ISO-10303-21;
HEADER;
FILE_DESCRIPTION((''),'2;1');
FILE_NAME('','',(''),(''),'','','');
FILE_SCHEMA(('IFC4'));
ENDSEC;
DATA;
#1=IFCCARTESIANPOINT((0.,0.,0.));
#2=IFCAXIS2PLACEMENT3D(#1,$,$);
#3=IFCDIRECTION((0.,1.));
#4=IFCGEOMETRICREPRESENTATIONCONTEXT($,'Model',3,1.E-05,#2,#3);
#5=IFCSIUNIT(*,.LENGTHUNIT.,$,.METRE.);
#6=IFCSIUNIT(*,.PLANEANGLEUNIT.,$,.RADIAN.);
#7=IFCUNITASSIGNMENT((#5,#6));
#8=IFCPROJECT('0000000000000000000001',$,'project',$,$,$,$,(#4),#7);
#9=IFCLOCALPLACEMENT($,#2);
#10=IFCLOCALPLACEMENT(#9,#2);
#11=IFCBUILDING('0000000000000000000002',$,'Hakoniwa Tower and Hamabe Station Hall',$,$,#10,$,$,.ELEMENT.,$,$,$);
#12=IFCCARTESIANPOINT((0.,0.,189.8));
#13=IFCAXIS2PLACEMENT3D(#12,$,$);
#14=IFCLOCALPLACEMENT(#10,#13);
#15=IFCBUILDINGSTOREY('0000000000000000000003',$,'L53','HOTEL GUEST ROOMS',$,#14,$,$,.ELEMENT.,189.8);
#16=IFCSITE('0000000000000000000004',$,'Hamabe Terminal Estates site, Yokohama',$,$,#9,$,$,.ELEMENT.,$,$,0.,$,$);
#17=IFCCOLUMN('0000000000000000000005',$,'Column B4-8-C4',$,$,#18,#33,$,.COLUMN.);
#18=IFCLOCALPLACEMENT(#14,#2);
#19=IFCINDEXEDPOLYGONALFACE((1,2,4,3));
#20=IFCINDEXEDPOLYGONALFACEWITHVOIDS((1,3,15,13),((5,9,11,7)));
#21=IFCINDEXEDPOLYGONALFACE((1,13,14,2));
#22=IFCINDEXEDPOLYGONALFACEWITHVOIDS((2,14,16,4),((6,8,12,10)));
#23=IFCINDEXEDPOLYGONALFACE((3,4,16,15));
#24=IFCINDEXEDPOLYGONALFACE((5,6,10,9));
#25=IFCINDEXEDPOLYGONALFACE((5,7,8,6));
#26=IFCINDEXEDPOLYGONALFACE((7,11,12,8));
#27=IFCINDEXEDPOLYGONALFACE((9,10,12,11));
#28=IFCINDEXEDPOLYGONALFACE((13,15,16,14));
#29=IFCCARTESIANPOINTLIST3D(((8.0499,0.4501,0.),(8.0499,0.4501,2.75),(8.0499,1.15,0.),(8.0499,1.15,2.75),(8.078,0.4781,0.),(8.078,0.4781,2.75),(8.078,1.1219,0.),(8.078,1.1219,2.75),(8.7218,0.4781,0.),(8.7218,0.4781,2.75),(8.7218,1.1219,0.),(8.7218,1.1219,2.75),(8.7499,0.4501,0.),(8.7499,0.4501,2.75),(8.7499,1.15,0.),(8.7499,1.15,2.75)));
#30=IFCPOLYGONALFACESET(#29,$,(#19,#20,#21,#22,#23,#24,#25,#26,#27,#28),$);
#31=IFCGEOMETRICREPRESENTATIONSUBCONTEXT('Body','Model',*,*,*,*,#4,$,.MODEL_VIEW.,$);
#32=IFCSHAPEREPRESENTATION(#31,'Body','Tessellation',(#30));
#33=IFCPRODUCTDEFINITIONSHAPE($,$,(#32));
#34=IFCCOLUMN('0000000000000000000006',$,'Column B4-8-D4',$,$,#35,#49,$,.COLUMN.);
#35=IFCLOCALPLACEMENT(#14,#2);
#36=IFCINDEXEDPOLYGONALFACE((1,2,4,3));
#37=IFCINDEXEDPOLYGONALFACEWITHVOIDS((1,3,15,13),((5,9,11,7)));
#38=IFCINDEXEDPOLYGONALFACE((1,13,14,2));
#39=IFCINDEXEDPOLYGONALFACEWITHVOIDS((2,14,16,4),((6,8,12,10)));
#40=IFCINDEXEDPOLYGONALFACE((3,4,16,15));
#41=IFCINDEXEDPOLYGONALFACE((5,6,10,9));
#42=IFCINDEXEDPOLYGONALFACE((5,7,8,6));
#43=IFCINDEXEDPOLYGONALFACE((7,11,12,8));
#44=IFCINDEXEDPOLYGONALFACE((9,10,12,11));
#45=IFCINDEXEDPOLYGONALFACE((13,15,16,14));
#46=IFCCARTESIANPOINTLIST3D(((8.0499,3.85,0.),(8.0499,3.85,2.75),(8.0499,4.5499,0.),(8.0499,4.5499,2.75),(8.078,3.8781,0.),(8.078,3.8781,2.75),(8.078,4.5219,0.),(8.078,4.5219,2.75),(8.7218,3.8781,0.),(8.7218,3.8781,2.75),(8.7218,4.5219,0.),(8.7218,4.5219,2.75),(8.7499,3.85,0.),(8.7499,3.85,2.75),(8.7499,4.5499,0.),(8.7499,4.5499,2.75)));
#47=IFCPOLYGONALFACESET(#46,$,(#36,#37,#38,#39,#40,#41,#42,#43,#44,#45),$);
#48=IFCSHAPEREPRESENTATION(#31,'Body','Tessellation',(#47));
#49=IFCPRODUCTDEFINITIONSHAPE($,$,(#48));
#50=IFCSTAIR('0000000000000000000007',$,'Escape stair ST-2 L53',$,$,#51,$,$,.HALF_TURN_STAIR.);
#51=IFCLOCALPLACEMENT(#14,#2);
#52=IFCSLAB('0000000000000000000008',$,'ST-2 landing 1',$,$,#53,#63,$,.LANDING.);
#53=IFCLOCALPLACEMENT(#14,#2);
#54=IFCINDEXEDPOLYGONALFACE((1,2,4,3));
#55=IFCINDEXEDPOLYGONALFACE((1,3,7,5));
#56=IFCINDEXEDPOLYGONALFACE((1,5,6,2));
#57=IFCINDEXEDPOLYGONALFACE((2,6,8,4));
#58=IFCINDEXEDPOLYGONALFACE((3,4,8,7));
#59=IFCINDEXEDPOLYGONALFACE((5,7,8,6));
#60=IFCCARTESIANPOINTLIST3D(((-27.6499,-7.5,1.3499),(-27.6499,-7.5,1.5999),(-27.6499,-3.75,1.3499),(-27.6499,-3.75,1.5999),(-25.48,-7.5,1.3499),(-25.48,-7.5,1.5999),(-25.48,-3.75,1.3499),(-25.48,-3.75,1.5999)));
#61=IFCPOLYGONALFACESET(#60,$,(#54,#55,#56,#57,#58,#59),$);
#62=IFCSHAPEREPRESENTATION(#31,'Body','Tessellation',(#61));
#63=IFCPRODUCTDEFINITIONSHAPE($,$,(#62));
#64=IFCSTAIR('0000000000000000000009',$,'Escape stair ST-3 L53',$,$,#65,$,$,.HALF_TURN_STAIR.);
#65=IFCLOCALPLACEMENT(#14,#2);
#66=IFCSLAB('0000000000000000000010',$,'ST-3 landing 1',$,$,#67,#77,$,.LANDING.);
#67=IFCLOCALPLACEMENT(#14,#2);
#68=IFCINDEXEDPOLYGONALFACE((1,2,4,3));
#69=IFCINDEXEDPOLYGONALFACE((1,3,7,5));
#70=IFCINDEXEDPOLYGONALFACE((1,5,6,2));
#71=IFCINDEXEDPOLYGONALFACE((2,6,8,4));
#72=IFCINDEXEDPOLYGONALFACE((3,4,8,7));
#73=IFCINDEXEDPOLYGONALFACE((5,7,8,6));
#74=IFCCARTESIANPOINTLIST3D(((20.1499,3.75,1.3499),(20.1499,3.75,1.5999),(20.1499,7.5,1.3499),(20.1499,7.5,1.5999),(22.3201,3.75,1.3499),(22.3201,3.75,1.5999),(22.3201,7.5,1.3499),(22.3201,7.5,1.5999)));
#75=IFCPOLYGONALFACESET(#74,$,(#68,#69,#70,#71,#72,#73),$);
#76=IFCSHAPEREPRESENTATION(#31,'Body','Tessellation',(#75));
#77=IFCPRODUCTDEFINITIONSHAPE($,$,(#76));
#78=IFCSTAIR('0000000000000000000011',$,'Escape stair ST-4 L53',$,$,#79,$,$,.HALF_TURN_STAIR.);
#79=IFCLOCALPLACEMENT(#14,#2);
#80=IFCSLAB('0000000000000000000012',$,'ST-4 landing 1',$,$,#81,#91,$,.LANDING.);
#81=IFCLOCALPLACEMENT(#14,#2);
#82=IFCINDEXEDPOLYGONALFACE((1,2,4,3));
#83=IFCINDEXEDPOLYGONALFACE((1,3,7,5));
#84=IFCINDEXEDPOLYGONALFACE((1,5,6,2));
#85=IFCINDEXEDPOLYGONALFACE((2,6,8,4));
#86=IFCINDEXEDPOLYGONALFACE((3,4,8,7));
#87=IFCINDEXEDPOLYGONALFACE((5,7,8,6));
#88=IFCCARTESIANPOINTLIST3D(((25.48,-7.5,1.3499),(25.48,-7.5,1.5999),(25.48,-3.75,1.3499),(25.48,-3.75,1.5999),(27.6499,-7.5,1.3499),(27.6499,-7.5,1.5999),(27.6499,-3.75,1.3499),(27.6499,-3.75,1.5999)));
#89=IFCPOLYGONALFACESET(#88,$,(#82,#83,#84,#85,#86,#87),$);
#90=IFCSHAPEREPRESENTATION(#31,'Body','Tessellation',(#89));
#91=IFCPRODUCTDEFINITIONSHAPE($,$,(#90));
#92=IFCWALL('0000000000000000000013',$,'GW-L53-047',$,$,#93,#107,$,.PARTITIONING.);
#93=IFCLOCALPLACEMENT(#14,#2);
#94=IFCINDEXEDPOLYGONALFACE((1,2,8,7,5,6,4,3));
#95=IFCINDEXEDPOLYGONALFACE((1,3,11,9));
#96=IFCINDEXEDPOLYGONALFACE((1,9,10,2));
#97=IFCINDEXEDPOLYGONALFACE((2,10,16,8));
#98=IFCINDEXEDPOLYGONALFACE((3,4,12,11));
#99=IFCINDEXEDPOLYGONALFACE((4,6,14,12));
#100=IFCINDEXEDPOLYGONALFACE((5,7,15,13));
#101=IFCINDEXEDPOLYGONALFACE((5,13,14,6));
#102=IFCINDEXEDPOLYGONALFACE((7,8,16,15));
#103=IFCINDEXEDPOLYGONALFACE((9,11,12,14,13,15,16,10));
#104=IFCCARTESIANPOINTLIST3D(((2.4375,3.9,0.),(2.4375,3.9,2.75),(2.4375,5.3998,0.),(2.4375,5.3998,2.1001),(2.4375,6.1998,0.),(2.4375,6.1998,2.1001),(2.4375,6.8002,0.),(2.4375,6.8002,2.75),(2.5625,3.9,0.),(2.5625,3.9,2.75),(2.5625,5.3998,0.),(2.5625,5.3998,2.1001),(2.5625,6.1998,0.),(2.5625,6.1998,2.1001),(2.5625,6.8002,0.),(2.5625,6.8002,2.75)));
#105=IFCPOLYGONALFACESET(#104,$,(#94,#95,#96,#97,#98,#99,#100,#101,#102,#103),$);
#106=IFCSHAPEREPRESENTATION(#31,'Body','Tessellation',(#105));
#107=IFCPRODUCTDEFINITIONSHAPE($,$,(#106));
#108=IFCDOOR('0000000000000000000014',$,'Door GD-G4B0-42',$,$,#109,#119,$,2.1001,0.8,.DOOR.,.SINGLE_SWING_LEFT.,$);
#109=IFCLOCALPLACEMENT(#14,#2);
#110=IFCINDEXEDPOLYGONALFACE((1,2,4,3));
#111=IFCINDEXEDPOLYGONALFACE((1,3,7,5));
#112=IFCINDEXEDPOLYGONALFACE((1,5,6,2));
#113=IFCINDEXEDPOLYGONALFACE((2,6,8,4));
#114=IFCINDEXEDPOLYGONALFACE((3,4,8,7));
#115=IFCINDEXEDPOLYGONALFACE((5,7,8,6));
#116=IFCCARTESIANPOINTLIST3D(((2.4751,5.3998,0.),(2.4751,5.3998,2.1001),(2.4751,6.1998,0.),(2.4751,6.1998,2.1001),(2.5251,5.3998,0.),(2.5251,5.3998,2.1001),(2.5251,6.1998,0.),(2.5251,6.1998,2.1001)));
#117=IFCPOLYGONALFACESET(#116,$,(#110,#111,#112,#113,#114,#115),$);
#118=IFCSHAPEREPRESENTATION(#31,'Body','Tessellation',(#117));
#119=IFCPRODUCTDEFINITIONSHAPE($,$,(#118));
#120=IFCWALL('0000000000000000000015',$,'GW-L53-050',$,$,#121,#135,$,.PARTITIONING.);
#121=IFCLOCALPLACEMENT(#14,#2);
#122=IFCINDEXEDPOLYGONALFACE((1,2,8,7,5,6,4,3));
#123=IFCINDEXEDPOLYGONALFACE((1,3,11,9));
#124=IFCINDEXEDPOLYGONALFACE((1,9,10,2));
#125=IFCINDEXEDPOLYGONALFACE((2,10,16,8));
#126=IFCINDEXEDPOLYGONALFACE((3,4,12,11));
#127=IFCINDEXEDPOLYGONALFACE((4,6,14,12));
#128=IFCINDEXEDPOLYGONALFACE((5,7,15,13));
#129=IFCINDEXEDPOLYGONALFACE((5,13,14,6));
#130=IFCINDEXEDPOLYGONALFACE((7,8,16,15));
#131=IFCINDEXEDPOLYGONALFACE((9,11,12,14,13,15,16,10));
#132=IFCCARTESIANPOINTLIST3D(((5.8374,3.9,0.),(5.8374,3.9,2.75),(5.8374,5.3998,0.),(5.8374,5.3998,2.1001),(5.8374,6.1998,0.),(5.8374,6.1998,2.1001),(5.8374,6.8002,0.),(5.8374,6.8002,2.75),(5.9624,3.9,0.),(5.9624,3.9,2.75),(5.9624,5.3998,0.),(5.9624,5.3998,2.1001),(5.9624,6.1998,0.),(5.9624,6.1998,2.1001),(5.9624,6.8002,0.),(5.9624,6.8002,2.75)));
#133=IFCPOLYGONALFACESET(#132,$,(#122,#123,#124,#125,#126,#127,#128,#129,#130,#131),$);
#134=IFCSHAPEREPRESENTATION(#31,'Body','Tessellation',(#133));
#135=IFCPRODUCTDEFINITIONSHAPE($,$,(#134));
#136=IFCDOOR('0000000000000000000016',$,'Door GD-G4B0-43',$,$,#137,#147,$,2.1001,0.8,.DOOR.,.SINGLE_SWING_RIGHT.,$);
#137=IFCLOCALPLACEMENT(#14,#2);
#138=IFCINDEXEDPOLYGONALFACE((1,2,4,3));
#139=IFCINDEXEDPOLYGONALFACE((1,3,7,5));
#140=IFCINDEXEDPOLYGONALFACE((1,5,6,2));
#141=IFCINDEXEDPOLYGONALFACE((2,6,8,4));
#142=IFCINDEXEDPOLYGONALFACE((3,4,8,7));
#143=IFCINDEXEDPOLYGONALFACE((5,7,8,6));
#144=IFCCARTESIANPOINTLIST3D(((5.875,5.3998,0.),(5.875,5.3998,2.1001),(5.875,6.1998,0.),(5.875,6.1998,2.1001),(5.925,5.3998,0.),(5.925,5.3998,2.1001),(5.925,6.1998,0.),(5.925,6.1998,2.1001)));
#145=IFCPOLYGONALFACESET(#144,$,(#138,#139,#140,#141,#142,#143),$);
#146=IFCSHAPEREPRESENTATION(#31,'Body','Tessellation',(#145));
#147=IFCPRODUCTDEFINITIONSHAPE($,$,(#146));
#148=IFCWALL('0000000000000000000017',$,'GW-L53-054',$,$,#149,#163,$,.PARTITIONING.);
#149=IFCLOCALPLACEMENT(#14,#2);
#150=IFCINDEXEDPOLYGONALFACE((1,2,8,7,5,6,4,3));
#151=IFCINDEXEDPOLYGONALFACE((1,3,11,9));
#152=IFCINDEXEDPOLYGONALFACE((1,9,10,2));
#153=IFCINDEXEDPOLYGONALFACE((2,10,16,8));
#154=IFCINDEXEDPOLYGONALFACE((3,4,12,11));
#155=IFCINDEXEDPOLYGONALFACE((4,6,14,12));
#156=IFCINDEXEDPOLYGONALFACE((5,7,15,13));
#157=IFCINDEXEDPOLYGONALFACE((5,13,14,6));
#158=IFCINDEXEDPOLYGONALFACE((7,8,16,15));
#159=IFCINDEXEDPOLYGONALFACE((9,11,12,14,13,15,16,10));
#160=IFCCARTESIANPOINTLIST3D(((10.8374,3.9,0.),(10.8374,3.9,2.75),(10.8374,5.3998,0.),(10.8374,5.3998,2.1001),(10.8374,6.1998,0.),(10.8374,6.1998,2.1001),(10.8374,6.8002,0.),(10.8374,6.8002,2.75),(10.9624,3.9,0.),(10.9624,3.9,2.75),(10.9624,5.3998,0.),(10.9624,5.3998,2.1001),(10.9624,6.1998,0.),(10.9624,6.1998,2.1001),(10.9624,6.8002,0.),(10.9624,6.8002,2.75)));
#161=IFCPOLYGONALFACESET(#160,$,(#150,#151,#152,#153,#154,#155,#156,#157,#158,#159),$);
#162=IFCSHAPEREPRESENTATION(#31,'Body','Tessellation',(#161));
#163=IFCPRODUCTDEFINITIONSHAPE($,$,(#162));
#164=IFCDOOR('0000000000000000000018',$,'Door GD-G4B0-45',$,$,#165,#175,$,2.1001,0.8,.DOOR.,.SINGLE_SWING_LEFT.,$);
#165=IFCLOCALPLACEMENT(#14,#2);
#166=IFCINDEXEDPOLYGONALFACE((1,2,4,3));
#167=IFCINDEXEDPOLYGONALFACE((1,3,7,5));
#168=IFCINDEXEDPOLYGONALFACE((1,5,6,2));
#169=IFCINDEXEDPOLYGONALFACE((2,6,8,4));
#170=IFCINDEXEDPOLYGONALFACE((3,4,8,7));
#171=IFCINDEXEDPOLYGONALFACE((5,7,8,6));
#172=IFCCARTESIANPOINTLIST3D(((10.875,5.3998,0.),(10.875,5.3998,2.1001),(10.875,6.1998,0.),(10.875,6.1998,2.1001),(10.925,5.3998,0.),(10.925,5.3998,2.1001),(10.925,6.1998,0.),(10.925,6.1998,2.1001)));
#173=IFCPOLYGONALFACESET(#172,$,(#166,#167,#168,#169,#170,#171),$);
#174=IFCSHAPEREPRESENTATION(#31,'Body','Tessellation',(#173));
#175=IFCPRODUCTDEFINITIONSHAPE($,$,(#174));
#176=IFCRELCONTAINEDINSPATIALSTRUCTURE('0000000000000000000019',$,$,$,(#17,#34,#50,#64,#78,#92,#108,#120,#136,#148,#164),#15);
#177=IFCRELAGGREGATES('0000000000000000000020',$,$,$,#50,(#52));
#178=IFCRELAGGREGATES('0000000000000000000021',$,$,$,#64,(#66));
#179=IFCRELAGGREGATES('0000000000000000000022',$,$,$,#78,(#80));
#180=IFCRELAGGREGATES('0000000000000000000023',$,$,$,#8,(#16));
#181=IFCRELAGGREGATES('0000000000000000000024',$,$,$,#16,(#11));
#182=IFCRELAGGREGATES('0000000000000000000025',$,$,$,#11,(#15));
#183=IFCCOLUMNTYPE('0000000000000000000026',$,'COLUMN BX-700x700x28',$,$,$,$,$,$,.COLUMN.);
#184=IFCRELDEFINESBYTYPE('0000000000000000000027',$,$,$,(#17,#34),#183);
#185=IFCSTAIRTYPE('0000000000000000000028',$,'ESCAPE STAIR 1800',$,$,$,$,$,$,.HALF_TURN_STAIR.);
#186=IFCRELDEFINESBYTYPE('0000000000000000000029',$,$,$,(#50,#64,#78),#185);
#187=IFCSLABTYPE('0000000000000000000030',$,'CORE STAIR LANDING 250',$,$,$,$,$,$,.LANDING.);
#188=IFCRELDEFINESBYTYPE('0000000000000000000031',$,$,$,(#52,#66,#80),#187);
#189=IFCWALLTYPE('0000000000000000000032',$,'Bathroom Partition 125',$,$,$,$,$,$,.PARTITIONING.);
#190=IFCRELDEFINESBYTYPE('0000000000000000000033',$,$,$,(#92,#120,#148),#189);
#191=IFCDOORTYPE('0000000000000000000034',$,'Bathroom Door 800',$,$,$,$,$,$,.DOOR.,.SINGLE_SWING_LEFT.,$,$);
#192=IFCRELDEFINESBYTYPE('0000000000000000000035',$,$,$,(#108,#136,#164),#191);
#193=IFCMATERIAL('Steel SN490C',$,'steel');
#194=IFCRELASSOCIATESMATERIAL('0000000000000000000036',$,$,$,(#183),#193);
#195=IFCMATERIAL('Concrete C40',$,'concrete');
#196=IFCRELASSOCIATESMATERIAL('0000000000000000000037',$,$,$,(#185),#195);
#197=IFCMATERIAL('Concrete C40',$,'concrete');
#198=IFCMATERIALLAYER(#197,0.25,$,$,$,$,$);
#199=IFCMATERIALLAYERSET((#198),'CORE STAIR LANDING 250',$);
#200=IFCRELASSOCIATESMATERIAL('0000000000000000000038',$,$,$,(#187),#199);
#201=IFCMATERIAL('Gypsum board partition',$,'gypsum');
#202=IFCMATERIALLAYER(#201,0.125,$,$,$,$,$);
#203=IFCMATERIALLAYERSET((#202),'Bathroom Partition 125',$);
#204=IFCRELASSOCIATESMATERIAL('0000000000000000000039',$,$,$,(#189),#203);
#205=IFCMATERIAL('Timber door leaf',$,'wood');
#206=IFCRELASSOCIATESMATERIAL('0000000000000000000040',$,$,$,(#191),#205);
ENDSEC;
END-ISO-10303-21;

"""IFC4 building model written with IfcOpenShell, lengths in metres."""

from ifc_helpers import new_model, si_unit, direction, frame, frame_2d, origin, origin_2d, place, context, subcontext, project, spatial, polyline, rectangle, hollow_rectangle, outline, extrude, material, layer, layer_set, material_profile, profile_set, type_object, element, fill, aggregate, save


model = new_model("IFC4")

# Units and contexts
model_context = context("Model", 3, precision=1e-05, world=origin(), true_north=direction((0.0, 1.0)))
body_context = subcontext(model_context, "Body", "Model", "MODEL_VIEW")
ifc_project = project(units=[si_unit("LENGTHUNIT", "METRE"), si_unit("PLANEANGLEUNIT", "RADIAN")], contexts=[model_context])

# Site, building, storey
site_placement = place(None, origin())
site = spatial("IfcSite", under=ifc_project, at=site_placement, Name="Hamabe Terminal Estates site, Yokohama", CompositionType="ELEMENT", RefElevation=0.0)
building_placement = place(site_placement, origin())
building = spatial("IfcBuilding", under=site, at=building_placement, Name="Hakoniwa Tower and Hamabe Station Hall", CompositionType="ELEMENT")
storey_placement = place(building_placement, frame((0.0, 0.0, 189.8)))
storey = spatial("IfcBuildingStorey", under=building, at=storey_placement, Name="L53", Description="HOTEL GUEST ROOMS", CompositionType="ELEMENT", Elevation=189.8)

# Columns
ifc_material_1 = material(Name="Steel SN490C", Category="steel")
ifc_material_profile = material_profile(ifc_material_1, hollow_rectangle(XDim=0.7, YDim=0.7, WallThickness=0.0281, at=origin_2d()), Name="BX-700x700x28")
ifc_profile_set = profile_set([ifc_material_profile], Name="Steel SN490C")
column_type = type_object("IfcColumnType", Name="COLUMN BX-700x700x28", PredefinedType="COLUMN", material=ifc_profile_set)
for number, where, z_axis, x_axis, name in (
    (1, (8.3999, 0.8, 0.0), (0.0, 0.0, 1.0), (1.0, 0.0, 0.0), "Column B4-8-C4"),
    (2, (8.3999, 4.2, 0.0), (0.0, 0.0, 1.0), (1.0, 0.0, 0.0), "Column B4-8-D4"),
):
    element("IfcColumn", number, at=place(storey_placement, frame(where, z_axis=z_axis, x_axis=x_axis)), inside=storey, type_object=column_type, Name=name, PredefinedType="COLUMN", context=body_context, shape_type="SweptSolid", body=[
        extrude(hollow_rectangle(XDim=0.7, YDim=0.7, WallThickness=0.0281, at=origin_2d()), origin(), (0.0, 0.0, 1.0), 2.75),
    ])

# Stairs, slabs
ifc_material_2 = material(Name="Concrete C40", Category="concrete")
stair_type = type_object("IfcStairType", Name="ESCAPE STAIR 1800", PredefinedType="HALF_TURN_STAIR", material=ifc_material_2)
stair_1_placement = place(storey_placement, origin())
stair_1 = element("IfcStair", 3, at=stair_1_placement, inside=storey, type_object=stair_type, Name="Escape stair ST-2 L53", PredefinedType="HALF_TURN_STAIR")
ifc_material_3 = material(Name="Concrete C40", Category="concrete")
ifc_layer_1 = layer(ifc_material_3, 0.25)
ifc_layer_set_1 = layer_set([ifc_layer_1], Name="CORE STAIR LANDING 250")
slab_type = type_object("IfcSlabType", Name="CORE STAIR LANDING 250", PredefinedType="LANDING", material=ifc_layer_set_1)
slab_1_placement = place(storey_placement, frame((0.0, 0.0, 1.3499)))
slab_1 = element("IfcSlab", 4, at=slab_1_placement, type_object=slab_type, Name="ST-2 landing 1", PredefinedType="LANDING", context=body_context, shape_type="SweptSolid", body=[
    extrude(outline(polyline([(-25.48, -7.5), (-27.6499, -7.5), (-27.6499, -3.75), (-25.48, -3.75), (-25.48, -7.5)])), origin(), (0.0, 0.0, 1.0), 0.25),
])
aggregate(stair_1, [slab_1])
stair_2_placement = place(storey_placement, origin())
stair_2 = element("IfcStair", 5, at=stair_2_placement, inside=storey, type_object=stair_type, Name="Escape stair ST-3 L53", PredefinedType="HALF_TURN_STAIR")
slab_2_placement = place(storey_placement, frame((0.0, 0.0, 1.3499)))
slab_2 = element("IfcSlab", 6, at=slab_2_placement, type_object=slab_type, Name="ST-3 landing 1", PredefinedType="LANDING", context=body_context, shape_type="SweptSolid", body=[
    extrude(outline(polyline([(22.3201, 3.75), (20.1499, 3.75), (20.1499, 7.5), (22.3201, 7.5), (22.3201, 3.75)])), origin(), (0.0, 0.0, 1.0), 0.25),
])
aggregate(stair_2, [slab_2])
stair_3_placement = place(storey_placement, origin())
stair_3 = element("IfcStair", 7, at=stair_3_placement, inside=storey, type_object=stair_type, Name="Escape stair ST-4 L53", PredefinedType="HALF_TURN_STAIR")
slab_3_placement = place(storey_placement, frame((0.0, 0.0, 1.3499)))
slab_3 = element("IfcSlab", 8, at=slab_3_placement, type_object=slab_type, Name="ST-4 landing 1", PredefinedType="LANDING", context=body_context, shape_type="SweptSolid", body=[
    extrude(outline(polyline([(25.48, -7.5), (27.6499, -7.5), (27.6499, -3.75), (25.48, -3.75), (25.48, -7.5)])), origin(), (0.0, 0.0, 1.0), 0.25),
])
aggregate(stair_3, [slab_3])

# Walls, openings, doors
ifc_material_4 = material(Name="Gypsum board partition", Category="gypsum")
ifc_layer_2 = layer(ifc_material_4, 0.125)
ifc_layer_set_2 = layer_set([ifc_layer_2], Name="Bathroom Partition 125")
wall_type_1 = type_object("IfcWallType", Name="Bathroom Partition 125", PredefinedType="PARTITIONING", material=ifc_layer_set_2)
wall_1_placement = place(storey_placement, frame((2.5, 3.8999, 0.0), z_axis=(0.0, 0.0, 1.0), x_axis=(0.0, 1.0, 0.0)))
wall_1 = element("IfcWall", 9, at=wall_1_placement, inside=storey, type_object=wall_type_1, Name="GW-L53-047", PredefinedType="PARTITIONING", context=body_context, shape_type="SweptSolid", body=[
    extrude(rectangle(XDim=2.9001, YDim=0.125, at=frame_2d((1.4502, 0.0))), origin(), (0.0, 0.0, 1.0), 2.75),
])
opening_1_placement = place(wall_1_placement, frame((1.5, 0.0, 0.0)))
opening_1 = element("IfcOpeningElement", 10, at=opening_1_placement, cuts=wall_1, PredefinedType="OPENING", context=body_context, shape_type="SweptSolid", body=[
    extrude(rectangle(XDim=0.8, YDim=2.1001, at=frame_2d((0.3999, 1.05))), frame((0.0, 0.0725, 0.0), z_axis=(0.0, -1.0, 0.0), x_axis=(1.0, 0.0, 0.0)), (0.0, 0.0, 1.0), 0.145),
])
ifc_material_5 = material(Name="Timber door leaf", Category="wood")
door_type = type_object("IfcDoorType", Name="Bathroom Door 800", OperationType="SINGLE_SWING_LEFT", PredefinedType="DOOR", material=ifc_material_5)
door_1_placement = place(opening_1_placement, origin())
door_1 = element("IfcDoor", 11, at=door_1_placement, inside=storey, type_object=door_type, Name="Door GD-G4B0-42", OperationType="SINGLE_SWING_LEFT", OverallHeight=2.1001, OverallWidth=0.8, PredefinedType="DOOR", context=body_context, shape_type="SweptSolid", body=[
    extrude(rectangle(XDim=0.8, YDim=2.1001, at=frame_2d((0.3999, 1.05))), frame((0.0, 0.0249, 0.0), z_axis=(0.0, -1.0, 0.0), x_axis=(1.0, 0.0, 0.0)), (0.0, 0.0, 1.0), 0.05),
])
fill(opening_1, door_1)
wall_2_placement = place(storey_placement, frame((5.8999, 3.8999, 0.0), z_axis=(0.0, 0.0, 1.0), x_axis=(0.0, 1.0, 0.0)))
wall_2 = element("IfcWall", 12, at=wall_2_placement, inside=storey, type_object=wall_type_1, Name="GW-L53-050", PredefinedType="PARTITIONING", context=body_context, shape_type="SweptSolid", body=[
    extrude(rectangle(XDim=2.9001, YDim=0.125, at=frame_2d((1.4502, 0.0))), origin(), (0.0, 0.0, 1.0), 2.75),
])
opening_2_placement = place(wall_2_placement, frame((1.5, 0.0, 0.0)))
opening_2 = element("IfcOpeningElement", 13, at=opening_2_placement, cuts=wall_2, PredefinedType="OPENING", context=body_context, shape_type="SweptSolid", body=[
    extrude(rectangle(XDim=0.8, YDim=2.1001, at=frame_2d((0.3999, 1.05))), frame((0.0, 0.0725, 0.0), z_axis=(0.0, -1.0, 0.0), x_axis=(1.0, 0.0, 0.0)), (0.0, 0.0, 1.0), 0.145),
])
door_2_placement = place(opening_2_placement, origin())
door_2 = element("IfcDoor", 14, at=door_2_placement, inside=storey, type_object=door_type, Name="Door GD-G4B0-43", OperationType="SINGLE_SWING_RIGHT", OverallHeight=2.1001, OverallWidth=0.8, PredefinedType="DOOR", context=body_context, shape_type="SweptSolid", body=[
    extrude(rectangle(XDim=0.8, YDim=2.1001, at=frame_2d((0.3999, 1.05))), frame((0.0, 0.0249, 0.0), z_axis=(0.0, -1.0, 0.0), x_axis=(1.0, 0.0, 0.0)), (0.0, 0.0, 1.0), 0.05),
])
fill(opening_2, door_2)
wall_3_placement = place(storey_placement, frame((10.8999, 3.8999, 0.0), z_axis=(0.0, 0.0, 1.0), x_axis=(0.0, 1.0, 0.0)))
wall_3 = element("IfcWall", 15, at=wall_3_placement, inside=storey, type_object=wall_type_1, Name="GW-L53-054", PredefinedType="PARTITIONING", context=body_context, shape_type="SweptSolid", body=[
    extrude(rectangle(XDim=2.9001, YDim=0.125, at=frame_2d((1.4502, 0.0))), origin(), (0.0, 0.0, 1.0), 2.75),
])
opening_3_placement = place(wall_3_placement, frame((1.5, 0.0, 0.0)))
opening_3 = element("IfcOpeningElement", 16, at=opening_3_placement, cuts=wall_3, PredefinedType="OPENING", context=body_context, shape_type="SweptSolid", body=[
    extrude(rectangle(XDim=0.8, YDim=2.1001, at=frame_2d((0.3999, 1.05))), frame((0.0, 0.0725, 0.0), z_axis=(0.0, -1.0, 0.0), x_axis=(1.0, 0.0, 0.0)), (0.0, 0.0, 1.0), 0.145),
])
door_3_placement = place(opening_3_placement, origin())
door_3 = element("IfcDoor", 17, at=door_3_placement, inside=storey, type_object=door_type, Name="Door GD-G4B0-45", OperationType="SINGLE_SWING_LEFT", OverallHeight=2.1001, OverallWidth=0.8, PredefinedType="DOOR", context=body_context, shape_type="SweptSolid", body=[
    extrude(rectangle(XDim=0.8, YDim=2.1001, at=frame_2d((0.3999, 1.05))), frame((0.0, 0.0249, 0.0), z_axis=(0.0, -1.0, 0.0), x_axis=(1.0, 0.0, 0.0)), (0.0, 0.0, 1.0), 0.05),
])
fill(opening_3, door_3)

save(model, "model.ifc")
